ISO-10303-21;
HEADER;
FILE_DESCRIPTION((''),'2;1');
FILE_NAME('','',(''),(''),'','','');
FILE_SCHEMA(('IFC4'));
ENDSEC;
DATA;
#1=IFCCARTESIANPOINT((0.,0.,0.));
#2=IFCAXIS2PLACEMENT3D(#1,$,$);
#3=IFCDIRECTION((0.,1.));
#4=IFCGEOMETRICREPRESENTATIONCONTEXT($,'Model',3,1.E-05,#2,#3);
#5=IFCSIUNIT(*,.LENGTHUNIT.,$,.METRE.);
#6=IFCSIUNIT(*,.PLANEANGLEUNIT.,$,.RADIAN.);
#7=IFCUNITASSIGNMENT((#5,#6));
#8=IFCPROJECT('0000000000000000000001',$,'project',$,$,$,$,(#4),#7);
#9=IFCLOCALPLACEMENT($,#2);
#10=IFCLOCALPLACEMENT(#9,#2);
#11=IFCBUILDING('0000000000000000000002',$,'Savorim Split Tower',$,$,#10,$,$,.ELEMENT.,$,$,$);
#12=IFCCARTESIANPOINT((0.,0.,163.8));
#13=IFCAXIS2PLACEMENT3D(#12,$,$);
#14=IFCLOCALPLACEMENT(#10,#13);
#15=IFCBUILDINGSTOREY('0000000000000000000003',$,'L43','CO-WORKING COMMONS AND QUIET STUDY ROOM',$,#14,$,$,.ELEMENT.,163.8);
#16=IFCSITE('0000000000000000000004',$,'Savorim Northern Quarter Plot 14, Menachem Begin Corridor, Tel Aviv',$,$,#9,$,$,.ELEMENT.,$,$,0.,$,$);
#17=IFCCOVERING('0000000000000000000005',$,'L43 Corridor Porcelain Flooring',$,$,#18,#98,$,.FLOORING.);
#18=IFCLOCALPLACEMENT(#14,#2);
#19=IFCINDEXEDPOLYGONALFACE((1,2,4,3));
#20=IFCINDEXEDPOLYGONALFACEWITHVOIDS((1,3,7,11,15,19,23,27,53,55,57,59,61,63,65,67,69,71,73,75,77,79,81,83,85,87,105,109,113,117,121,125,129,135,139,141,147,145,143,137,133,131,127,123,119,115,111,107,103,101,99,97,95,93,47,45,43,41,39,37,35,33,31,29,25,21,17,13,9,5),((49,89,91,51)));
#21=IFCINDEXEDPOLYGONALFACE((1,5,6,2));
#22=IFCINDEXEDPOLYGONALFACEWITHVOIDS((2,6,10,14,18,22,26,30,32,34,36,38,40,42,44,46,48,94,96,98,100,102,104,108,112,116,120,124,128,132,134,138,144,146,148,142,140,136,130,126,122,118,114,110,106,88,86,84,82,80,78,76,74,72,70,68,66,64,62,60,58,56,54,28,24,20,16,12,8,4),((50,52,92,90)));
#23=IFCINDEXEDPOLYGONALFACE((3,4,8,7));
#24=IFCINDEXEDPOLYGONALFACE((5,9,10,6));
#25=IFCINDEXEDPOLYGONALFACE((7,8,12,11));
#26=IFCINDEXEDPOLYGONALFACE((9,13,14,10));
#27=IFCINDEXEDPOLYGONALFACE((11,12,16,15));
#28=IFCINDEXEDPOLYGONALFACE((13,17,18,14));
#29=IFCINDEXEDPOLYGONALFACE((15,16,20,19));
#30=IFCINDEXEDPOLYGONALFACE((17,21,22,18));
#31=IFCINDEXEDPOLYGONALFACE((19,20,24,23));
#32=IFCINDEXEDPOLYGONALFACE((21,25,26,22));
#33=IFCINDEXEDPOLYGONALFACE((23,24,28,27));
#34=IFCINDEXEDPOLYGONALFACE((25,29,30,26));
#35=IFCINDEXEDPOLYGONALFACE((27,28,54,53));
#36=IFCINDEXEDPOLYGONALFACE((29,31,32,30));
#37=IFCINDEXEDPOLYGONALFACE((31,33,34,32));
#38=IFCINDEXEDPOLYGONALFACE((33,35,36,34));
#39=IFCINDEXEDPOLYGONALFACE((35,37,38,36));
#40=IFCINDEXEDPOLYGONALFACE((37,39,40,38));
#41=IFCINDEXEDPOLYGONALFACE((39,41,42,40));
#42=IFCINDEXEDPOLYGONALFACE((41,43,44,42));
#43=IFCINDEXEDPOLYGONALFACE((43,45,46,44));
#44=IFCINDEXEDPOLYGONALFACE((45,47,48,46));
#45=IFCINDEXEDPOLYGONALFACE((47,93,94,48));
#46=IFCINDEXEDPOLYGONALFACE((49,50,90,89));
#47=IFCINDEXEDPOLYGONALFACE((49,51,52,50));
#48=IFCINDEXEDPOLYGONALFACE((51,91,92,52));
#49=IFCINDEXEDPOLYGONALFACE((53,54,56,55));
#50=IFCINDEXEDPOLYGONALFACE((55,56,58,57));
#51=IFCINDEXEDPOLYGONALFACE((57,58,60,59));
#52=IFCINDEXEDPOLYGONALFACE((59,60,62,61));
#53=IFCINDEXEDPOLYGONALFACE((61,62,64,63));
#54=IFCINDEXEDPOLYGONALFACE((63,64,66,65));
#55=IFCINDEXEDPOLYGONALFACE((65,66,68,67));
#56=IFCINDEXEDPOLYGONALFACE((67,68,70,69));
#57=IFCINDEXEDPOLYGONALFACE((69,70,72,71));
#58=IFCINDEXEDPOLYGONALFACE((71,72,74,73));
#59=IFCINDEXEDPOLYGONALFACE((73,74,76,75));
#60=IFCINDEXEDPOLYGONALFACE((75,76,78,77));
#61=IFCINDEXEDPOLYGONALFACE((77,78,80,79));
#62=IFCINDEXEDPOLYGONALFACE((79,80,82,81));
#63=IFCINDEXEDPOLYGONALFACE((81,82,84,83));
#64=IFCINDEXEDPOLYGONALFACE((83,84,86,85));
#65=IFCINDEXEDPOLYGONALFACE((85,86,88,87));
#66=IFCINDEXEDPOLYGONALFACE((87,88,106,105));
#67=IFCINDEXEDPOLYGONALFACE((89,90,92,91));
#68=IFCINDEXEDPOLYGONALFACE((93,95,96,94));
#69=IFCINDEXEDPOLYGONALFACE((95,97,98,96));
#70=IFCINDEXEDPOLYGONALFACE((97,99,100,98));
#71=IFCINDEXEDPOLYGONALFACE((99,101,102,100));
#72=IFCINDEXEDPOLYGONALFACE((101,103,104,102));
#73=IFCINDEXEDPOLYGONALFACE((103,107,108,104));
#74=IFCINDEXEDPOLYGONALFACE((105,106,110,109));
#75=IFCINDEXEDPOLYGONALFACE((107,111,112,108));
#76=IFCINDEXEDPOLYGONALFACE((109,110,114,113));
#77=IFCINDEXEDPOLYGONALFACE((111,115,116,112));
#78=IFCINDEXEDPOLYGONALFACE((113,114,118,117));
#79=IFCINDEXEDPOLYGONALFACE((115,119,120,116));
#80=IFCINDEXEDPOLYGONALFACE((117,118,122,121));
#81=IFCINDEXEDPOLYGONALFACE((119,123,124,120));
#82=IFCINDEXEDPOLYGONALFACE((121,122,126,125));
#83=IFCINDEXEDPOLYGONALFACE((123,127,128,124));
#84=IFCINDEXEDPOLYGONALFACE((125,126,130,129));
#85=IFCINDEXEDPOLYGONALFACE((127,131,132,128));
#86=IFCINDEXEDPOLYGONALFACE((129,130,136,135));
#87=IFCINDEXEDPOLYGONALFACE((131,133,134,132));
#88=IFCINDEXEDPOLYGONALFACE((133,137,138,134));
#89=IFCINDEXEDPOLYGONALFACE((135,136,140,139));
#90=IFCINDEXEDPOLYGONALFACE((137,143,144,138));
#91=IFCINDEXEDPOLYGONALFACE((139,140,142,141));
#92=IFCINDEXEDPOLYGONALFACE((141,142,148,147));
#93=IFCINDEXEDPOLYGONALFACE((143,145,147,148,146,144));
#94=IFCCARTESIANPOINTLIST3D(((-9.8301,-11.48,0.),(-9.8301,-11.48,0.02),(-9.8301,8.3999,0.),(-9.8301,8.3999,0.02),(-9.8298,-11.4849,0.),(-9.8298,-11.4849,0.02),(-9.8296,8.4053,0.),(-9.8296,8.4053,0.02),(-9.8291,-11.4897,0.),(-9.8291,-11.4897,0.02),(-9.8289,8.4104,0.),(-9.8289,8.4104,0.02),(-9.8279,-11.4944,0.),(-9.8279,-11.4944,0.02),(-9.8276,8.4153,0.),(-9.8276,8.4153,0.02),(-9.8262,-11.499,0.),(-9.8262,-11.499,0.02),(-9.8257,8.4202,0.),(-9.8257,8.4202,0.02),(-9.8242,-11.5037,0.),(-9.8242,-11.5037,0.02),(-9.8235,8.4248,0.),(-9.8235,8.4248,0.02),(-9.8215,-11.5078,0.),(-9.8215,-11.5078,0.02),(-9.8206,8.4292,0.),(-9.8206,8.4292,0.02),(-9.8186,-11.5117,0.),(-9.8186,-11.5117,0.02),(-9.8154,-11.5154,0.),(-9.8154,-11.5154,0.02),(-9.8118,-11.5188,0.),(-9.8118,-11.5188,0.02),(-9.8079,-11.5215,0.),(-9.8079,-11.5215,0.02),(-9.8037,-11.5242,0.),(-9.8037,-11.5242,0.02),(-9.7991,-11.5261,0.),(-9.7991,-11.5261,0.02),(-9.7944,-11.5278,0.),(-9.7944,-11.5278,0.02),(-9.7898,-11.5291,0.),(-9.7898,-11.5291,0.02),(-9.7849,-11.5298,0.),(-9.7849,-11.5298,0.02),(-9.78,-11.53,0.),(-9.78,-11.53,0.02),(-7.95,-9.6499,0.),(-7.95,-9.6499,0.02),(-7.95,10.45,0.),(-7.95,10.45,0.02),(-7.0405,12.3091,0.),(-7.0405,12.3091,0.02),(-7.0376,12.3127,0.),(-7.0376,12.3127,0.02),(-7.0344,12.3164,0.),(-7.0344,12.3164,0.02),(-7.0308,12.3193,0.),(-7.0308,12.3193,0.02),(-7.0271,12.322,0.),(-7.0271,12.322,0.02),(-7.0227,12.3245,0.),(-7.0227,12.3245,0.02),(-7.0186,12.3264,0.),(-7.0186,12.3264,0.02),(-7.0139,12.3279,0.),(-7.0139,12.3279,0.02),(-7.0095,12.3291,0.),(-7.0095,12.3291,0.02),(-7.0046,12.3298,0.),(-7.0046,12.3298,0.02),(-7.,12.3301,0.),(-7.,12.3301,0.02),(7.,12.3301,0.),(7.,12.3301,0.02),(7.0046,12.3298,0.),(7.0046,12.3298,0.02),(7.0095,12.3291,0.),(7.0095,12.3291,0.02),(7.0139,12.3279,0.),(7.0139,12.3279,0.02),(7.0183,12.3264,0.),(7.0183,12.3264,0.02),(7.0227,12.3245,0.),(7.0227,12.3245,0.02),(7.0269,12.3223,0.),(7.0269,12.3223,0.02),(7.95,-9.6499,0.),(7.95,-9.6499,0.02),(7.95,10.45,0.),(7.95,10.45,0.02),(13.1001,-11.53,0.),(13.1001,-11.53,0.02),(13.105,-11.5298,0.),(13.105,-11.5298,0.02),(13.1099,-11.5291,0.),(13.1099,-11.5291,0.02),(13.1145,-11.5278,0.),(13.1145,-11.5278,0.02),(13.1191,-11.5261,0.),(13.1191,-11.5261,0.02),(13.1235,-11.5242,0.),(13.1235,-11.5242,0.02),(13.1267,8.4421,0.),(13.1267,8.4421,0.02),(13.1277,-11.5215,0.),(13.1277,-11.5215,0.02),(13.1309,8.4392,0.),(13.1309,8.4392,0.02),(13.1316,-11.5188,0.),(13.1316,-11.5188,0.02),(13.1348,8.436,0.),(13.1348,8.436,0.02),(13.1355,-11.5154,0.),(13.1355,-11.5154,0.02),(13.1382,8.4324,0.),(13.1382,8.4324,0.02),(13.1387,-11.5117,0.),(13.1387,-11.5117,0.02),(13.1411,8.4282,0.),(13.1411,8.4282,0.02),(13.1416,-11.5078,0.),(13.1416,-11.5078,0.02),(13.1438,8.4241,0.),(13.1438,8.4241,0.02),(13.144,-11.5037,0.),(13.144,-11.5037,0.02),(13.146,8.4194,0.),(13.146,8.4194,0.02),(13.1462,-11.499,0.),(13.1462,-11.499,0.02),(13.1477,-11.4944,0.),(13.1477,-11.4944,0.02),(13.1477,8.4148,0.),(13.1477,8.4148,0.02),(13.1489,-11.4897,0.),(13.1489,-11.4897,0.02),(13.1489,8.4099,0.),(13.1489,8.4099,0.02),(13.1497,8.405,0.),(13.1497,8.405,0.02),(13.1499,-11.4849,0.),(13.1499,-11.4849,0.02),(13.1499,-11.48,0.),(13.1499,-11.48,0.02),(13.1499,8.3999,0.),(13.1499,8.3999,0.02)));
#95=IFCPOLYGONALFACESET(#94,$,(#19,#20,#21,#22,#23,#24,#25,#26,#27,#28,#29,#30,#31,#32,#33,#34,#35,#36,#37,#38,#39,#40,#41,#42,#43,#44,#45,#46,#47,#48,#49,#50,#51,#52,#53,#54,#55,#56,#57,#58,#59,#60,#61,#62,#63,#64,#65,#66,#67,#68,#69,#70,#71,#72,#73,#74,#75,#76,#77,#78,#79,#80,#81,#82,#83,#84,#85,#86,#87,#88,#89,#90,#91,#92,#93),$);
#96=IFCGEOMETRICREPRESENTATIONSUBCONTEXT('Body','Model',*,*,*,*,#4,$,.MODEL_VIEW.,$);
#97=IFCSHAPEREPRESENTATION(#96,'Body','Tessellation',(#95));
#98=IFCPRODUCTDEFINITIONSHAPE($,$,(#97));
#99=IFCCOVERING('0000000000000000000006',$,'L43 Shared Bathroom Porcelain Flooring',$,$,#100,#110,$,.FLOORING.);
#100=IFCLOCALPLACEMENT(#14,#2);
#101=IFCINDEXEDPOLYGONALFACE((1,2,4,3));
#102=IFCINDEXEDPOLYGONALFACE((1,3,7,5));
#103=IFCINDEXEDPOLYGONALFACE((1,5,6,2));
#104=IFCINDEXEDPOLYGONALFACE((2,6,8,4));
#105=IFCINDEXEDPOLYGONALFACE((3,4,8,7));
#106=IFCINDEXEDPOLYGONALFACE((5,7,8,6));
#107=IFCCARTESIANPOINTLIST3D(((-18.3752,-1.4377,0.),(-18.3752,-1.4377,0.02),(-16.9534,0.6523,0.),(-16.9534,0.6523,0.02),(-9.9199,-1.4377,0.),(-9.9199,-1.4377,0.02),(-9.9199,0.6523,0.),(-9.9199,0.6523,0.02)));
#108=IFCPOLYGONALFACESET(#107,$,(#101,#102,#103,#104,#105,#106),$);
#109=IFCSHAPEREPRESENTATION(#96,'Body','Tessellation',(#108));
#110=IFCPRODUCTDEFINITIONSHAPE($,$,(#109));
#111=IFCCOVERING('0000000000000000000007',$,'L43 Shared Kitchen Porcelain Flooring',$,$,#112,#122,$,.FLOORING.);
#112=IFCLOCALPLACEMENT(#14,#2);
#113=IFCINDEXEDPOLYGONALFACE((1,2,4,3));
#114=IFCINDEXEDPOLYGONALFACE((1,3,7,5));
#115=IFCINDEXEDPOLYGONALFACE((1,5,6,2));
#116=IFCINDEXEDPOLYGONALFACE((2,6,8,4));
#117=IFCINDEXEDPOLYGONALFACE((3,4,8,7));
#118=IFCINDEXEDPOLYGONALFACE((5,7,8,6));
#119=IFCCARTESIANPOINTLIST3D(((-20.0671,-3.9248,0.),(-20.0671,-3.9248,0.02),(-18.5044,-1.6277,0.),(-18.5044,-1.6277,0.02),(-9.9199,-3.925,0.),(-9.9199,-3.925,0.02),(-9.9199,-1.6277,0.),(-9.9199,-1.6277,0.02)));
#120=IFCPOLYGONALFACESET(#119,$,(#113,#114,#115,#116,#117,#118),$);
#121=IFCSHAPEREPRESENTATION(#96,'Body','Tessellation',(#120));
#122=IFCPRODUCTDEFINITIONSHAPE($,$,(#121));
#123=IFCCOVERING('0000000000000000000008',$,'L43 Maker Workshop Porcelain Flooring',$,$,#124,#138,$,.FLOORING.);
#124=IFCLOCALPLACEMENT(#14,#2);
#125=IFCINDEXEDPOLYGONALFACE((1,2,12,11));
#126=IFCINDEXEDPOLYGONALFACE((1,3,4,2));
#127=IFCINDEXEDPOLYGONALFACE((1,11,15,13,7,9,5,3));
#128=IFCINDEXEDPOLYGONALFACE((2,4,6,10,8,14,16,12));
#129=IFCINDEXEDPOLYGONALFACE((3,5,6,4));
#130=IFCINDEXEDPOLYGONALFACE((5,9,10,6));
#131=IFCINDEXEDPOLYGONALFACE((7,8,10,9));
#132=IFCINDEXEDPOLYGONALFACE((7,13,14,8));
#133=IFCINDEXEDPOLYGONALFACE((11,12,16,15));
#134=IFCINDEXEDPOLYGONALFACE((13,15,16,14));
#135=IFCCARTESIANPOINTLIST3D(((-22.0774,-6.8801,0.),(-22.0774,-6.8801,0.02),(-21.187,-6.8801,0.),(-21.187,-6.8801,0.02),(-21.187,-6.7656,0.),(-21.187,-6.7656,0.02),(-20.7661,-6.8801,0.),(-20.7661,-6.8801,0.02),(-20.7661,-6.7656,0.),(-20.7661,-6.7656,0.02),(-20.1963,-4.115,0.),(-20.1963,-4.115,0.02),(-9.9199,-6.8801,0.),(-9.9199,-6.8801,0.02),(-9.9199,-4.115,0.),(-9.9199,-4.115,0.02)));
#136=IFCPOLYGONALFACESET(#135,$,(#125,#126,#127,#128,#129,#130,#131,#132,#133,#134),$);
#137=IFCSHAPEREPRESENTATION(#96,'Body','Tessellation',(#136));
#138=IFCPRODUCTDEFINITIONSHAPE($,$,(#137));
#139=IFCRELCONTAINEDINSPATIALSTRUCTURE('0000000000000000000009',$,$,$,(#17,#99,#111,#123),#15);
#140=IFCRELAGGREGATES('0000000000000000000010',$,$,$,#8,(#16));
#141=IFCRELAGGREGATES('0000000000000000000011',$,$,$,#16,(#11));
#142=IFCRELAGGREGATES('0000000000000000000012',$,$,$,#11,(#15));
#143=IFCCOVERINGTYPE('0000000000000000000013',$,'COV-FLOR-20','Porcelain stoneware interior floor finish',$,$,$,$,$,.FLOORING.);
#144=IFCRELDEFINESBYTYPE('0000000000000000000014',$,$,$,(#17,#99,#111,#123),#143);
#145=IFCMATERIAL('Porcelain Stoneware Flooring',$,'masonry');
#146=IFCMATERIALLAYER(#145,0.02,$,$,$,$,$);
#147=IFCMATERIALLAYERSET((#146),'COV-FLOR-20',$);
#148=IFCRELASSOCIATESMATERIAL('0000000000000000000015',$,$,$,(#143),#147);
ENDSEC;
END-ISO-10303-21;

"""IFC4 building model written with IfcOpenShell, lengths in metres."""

from ifc_helpers import new_model, si_unit, direction, frame, origin, place, context, subcontext, project, spatial, polyline, outline, extrude, material, layer, layer_set, type_object, element, save


model = new_model("IFC4")

# Units and contexts
model_context = context("Model", 3, precision=1e-05, world=origin(), true_north=direction((0.0, 1.0)))
body_context = subcontext(model_context, "Body", "Model", "MODEL_VIEW")
ifc_project = project(units=[si_unit("LENGTHUNIT", "METRE"), si_unit("PLANEANGLEUNIT", "RADIAN")], contexts=[model_context])

# Site, building, storey
site_placement = place(None, origin())
site = spatial("IfcSite", under=ifc_project, at=site_placement, Name="Savorim Northern Quarter Plot 14, Menachem Begin Corridor, Tel Aviv", CompositionType="ELEMENT", RefElevation=0.0)
building_placement = place(site_placement, origin())
building = spatial("IfcBuilding", under=site, at=building_placement, Name="Savorim Split Tower", CompositionType="ELEMENT")
storey_placement = place(building_placement, frame((0.0, 0.0, 163.8)))
storey = spatial("IfcBuildingStorey", under=building, at=storey_placement, Name="L43", Description="CO-WORKING COMMONS AND QUIET STUDY ROOM", CompositionType="ELEMENT", Elevation=163.8)

# Coverings
ifc_material_1 = material(Name="Porcelain Stoneware Flooring", Category="masonry")
ifc_layer_1 = layer(ifc_material_1, 0.02)
ifc_layer_set_1 = layer_set([ifc_layer_1], Name="COV-FLOR-20")
covering_type_1 = type_object("IfcCoveringType", Name="COV-FLOR-20", Description="Porcelain stoneware interior floor finish", PredefinedType="FLOORING", material=ifc_layer_set_1)
covering_1_placement = place(storey_placement, origin())
element("IfcCovering", 1, at=covering_1_placement, inside=storey, type_object=covering_type_1, Name="L43 Corridor Porcelain Flooring", PredefinedType="FLOORING", context=body_context, shape_type="SweptSolid", body=[
    extrude(outline(polyline([(7.0095, 12.3291), (7.0046, 12.3298), (7.0, 12.3301), (-7.0, 12.3301), (-7.0046, 12.3298), (-7.0095, 12.3291), (-7.0139, 12.3279), (-7.0186, 12.3264), (-7.0227, 12.3245), (-7.0271, 12.322), (-7.0308, 12.3193), (-7.0344, 12.3164), (-7.0376, 12.3127), (-7.0405, 12.3091), (-9.8206, 8.4292), (-9.8235, 8.4248), (-9.8257, 8.4202), (-9.8276, 8.4153), (-9.8289, 8.4104), (-9.8296, 8.4053), (-9.8301, 8.3999), (-9.8301, -11.48), (-9.8298, -11.4849), (-9.8291, -11.4897), (-9.8279, -11.4944), (-9.8262, -11.499), (-9.8242, -11.5037), (-9.8215, -11.5078), (-9.8186, -11.5117), (-9.8154, -11.5154), (-9.8118, -11.5188), (-9.8079, -11.5215), (-9.8037, -11.5242), (-9.7991, -11.5261), (-9.7944, -11.5278), (-9.7898, -11.5291), (-9.7849, -11.5298), (-9.78, -11.53), (13.1001, -11.53), (13.105, -11.5298), (13.1099, -11.5291), (13.1145, -11.5278), (13.1191, -11.5261), (13.1235, -11.5242), (13.1277, -11.5215), (13.1316, -11.5188), (13.1355, -11.5154), (13.1387, -11.5117), (13.1416, -11.5078), (13.144, -11.5037), (13.1462, -11.499), (13.1477, -11.4944), (13.1489, -11.4897), (13.1499, -11.4849), (13.1499, -11.48), (13.1499, 8.3999), (13.1497, 8.405), (13.1489, 8.4099), (13.1477, 8.4148), (13.146, 8.4194), (13.1438, 8.4241), (13.1411, 8.4282), (13.1382, 8.4324), (13.1348, 8.436), (13.1309, 8.4392), (13.1267, 8.4421), (7.0269, 12.3223), (7.0227, 12.3245), (7.0183, 12.3264), (7.0139, 12.3279), (7.0095, 12.3291)]), holes=[polyline([(-7.95, 10.45), (-7.95, -9.6499), (7.95, -9.6499), (7.95, 10.45), (-7.95, 10.45)])]), origin(), (0.0, 0.0, 1.0), 0.02),
])
covering_2_placement = place(storey_placement, origin())
element("IfcCovering", 2, at=covering_2_placement, inside=storey, type_object=covering_type_1, Name="L43 Shared Bathroom Porcelain Flooring", PredefinedType="FLOORING", context=body_context, shape_type="SweptSolid", body=[
    extrude(outline(polyline([(-16.9534, 0.6523), (-18.3752, -1.4377), (-9.9199, -1.4377), (-9.9199, 0.6523), (-16.9534, 0.6523)])), origin(), (0.0, 0.0, 1.0), 0.02),
])
covering_3_placement = place(storey_placement, origin())
element("IfcCovering", 3, at=covering_3_placement, inside=storey, type_object=covering_type_1, Name="L43 Shared Kitchen Porcelain Flooring", PredefinedType="FLOORING", context=body_context, shape_type="SweptSolid", body=[
    extrude(outline(polyline([(-18.5044, -1.6277), (-20.0671, -3.9248), (-9.9199, -3.925), (-9.9199, -1.6277), (-18.5044, -1.6277)])), origin(), (0.0, 0.0, 1.0), 0.02),
])
covering_4_placement = place(storey_placement, origin())
element("IfcCovering", 4, at=covering_4_placement, inside=storey, type_object=covering_type_1, Name="L43 Maker Workshop Porcelain Flooring", PredefinedType="FLOORING", context=body_context, shape_type="SweptSolid", body=[
    extrude(outline(polyline([(-20.7661, -6.7656), (-20.7661, -6.8801), (-9.9199, -6.8801), (-9.9199, -4.115), (-20.1963, -4.115), (-22.0774, -6.8801), (-21.187, -6.8801), (-21.187, -6.7656), (-20.7661, -6.7656)])), origin(), (0.0, 0.0, 1.0), 0.02),
])

save(model, "model.ifc")
